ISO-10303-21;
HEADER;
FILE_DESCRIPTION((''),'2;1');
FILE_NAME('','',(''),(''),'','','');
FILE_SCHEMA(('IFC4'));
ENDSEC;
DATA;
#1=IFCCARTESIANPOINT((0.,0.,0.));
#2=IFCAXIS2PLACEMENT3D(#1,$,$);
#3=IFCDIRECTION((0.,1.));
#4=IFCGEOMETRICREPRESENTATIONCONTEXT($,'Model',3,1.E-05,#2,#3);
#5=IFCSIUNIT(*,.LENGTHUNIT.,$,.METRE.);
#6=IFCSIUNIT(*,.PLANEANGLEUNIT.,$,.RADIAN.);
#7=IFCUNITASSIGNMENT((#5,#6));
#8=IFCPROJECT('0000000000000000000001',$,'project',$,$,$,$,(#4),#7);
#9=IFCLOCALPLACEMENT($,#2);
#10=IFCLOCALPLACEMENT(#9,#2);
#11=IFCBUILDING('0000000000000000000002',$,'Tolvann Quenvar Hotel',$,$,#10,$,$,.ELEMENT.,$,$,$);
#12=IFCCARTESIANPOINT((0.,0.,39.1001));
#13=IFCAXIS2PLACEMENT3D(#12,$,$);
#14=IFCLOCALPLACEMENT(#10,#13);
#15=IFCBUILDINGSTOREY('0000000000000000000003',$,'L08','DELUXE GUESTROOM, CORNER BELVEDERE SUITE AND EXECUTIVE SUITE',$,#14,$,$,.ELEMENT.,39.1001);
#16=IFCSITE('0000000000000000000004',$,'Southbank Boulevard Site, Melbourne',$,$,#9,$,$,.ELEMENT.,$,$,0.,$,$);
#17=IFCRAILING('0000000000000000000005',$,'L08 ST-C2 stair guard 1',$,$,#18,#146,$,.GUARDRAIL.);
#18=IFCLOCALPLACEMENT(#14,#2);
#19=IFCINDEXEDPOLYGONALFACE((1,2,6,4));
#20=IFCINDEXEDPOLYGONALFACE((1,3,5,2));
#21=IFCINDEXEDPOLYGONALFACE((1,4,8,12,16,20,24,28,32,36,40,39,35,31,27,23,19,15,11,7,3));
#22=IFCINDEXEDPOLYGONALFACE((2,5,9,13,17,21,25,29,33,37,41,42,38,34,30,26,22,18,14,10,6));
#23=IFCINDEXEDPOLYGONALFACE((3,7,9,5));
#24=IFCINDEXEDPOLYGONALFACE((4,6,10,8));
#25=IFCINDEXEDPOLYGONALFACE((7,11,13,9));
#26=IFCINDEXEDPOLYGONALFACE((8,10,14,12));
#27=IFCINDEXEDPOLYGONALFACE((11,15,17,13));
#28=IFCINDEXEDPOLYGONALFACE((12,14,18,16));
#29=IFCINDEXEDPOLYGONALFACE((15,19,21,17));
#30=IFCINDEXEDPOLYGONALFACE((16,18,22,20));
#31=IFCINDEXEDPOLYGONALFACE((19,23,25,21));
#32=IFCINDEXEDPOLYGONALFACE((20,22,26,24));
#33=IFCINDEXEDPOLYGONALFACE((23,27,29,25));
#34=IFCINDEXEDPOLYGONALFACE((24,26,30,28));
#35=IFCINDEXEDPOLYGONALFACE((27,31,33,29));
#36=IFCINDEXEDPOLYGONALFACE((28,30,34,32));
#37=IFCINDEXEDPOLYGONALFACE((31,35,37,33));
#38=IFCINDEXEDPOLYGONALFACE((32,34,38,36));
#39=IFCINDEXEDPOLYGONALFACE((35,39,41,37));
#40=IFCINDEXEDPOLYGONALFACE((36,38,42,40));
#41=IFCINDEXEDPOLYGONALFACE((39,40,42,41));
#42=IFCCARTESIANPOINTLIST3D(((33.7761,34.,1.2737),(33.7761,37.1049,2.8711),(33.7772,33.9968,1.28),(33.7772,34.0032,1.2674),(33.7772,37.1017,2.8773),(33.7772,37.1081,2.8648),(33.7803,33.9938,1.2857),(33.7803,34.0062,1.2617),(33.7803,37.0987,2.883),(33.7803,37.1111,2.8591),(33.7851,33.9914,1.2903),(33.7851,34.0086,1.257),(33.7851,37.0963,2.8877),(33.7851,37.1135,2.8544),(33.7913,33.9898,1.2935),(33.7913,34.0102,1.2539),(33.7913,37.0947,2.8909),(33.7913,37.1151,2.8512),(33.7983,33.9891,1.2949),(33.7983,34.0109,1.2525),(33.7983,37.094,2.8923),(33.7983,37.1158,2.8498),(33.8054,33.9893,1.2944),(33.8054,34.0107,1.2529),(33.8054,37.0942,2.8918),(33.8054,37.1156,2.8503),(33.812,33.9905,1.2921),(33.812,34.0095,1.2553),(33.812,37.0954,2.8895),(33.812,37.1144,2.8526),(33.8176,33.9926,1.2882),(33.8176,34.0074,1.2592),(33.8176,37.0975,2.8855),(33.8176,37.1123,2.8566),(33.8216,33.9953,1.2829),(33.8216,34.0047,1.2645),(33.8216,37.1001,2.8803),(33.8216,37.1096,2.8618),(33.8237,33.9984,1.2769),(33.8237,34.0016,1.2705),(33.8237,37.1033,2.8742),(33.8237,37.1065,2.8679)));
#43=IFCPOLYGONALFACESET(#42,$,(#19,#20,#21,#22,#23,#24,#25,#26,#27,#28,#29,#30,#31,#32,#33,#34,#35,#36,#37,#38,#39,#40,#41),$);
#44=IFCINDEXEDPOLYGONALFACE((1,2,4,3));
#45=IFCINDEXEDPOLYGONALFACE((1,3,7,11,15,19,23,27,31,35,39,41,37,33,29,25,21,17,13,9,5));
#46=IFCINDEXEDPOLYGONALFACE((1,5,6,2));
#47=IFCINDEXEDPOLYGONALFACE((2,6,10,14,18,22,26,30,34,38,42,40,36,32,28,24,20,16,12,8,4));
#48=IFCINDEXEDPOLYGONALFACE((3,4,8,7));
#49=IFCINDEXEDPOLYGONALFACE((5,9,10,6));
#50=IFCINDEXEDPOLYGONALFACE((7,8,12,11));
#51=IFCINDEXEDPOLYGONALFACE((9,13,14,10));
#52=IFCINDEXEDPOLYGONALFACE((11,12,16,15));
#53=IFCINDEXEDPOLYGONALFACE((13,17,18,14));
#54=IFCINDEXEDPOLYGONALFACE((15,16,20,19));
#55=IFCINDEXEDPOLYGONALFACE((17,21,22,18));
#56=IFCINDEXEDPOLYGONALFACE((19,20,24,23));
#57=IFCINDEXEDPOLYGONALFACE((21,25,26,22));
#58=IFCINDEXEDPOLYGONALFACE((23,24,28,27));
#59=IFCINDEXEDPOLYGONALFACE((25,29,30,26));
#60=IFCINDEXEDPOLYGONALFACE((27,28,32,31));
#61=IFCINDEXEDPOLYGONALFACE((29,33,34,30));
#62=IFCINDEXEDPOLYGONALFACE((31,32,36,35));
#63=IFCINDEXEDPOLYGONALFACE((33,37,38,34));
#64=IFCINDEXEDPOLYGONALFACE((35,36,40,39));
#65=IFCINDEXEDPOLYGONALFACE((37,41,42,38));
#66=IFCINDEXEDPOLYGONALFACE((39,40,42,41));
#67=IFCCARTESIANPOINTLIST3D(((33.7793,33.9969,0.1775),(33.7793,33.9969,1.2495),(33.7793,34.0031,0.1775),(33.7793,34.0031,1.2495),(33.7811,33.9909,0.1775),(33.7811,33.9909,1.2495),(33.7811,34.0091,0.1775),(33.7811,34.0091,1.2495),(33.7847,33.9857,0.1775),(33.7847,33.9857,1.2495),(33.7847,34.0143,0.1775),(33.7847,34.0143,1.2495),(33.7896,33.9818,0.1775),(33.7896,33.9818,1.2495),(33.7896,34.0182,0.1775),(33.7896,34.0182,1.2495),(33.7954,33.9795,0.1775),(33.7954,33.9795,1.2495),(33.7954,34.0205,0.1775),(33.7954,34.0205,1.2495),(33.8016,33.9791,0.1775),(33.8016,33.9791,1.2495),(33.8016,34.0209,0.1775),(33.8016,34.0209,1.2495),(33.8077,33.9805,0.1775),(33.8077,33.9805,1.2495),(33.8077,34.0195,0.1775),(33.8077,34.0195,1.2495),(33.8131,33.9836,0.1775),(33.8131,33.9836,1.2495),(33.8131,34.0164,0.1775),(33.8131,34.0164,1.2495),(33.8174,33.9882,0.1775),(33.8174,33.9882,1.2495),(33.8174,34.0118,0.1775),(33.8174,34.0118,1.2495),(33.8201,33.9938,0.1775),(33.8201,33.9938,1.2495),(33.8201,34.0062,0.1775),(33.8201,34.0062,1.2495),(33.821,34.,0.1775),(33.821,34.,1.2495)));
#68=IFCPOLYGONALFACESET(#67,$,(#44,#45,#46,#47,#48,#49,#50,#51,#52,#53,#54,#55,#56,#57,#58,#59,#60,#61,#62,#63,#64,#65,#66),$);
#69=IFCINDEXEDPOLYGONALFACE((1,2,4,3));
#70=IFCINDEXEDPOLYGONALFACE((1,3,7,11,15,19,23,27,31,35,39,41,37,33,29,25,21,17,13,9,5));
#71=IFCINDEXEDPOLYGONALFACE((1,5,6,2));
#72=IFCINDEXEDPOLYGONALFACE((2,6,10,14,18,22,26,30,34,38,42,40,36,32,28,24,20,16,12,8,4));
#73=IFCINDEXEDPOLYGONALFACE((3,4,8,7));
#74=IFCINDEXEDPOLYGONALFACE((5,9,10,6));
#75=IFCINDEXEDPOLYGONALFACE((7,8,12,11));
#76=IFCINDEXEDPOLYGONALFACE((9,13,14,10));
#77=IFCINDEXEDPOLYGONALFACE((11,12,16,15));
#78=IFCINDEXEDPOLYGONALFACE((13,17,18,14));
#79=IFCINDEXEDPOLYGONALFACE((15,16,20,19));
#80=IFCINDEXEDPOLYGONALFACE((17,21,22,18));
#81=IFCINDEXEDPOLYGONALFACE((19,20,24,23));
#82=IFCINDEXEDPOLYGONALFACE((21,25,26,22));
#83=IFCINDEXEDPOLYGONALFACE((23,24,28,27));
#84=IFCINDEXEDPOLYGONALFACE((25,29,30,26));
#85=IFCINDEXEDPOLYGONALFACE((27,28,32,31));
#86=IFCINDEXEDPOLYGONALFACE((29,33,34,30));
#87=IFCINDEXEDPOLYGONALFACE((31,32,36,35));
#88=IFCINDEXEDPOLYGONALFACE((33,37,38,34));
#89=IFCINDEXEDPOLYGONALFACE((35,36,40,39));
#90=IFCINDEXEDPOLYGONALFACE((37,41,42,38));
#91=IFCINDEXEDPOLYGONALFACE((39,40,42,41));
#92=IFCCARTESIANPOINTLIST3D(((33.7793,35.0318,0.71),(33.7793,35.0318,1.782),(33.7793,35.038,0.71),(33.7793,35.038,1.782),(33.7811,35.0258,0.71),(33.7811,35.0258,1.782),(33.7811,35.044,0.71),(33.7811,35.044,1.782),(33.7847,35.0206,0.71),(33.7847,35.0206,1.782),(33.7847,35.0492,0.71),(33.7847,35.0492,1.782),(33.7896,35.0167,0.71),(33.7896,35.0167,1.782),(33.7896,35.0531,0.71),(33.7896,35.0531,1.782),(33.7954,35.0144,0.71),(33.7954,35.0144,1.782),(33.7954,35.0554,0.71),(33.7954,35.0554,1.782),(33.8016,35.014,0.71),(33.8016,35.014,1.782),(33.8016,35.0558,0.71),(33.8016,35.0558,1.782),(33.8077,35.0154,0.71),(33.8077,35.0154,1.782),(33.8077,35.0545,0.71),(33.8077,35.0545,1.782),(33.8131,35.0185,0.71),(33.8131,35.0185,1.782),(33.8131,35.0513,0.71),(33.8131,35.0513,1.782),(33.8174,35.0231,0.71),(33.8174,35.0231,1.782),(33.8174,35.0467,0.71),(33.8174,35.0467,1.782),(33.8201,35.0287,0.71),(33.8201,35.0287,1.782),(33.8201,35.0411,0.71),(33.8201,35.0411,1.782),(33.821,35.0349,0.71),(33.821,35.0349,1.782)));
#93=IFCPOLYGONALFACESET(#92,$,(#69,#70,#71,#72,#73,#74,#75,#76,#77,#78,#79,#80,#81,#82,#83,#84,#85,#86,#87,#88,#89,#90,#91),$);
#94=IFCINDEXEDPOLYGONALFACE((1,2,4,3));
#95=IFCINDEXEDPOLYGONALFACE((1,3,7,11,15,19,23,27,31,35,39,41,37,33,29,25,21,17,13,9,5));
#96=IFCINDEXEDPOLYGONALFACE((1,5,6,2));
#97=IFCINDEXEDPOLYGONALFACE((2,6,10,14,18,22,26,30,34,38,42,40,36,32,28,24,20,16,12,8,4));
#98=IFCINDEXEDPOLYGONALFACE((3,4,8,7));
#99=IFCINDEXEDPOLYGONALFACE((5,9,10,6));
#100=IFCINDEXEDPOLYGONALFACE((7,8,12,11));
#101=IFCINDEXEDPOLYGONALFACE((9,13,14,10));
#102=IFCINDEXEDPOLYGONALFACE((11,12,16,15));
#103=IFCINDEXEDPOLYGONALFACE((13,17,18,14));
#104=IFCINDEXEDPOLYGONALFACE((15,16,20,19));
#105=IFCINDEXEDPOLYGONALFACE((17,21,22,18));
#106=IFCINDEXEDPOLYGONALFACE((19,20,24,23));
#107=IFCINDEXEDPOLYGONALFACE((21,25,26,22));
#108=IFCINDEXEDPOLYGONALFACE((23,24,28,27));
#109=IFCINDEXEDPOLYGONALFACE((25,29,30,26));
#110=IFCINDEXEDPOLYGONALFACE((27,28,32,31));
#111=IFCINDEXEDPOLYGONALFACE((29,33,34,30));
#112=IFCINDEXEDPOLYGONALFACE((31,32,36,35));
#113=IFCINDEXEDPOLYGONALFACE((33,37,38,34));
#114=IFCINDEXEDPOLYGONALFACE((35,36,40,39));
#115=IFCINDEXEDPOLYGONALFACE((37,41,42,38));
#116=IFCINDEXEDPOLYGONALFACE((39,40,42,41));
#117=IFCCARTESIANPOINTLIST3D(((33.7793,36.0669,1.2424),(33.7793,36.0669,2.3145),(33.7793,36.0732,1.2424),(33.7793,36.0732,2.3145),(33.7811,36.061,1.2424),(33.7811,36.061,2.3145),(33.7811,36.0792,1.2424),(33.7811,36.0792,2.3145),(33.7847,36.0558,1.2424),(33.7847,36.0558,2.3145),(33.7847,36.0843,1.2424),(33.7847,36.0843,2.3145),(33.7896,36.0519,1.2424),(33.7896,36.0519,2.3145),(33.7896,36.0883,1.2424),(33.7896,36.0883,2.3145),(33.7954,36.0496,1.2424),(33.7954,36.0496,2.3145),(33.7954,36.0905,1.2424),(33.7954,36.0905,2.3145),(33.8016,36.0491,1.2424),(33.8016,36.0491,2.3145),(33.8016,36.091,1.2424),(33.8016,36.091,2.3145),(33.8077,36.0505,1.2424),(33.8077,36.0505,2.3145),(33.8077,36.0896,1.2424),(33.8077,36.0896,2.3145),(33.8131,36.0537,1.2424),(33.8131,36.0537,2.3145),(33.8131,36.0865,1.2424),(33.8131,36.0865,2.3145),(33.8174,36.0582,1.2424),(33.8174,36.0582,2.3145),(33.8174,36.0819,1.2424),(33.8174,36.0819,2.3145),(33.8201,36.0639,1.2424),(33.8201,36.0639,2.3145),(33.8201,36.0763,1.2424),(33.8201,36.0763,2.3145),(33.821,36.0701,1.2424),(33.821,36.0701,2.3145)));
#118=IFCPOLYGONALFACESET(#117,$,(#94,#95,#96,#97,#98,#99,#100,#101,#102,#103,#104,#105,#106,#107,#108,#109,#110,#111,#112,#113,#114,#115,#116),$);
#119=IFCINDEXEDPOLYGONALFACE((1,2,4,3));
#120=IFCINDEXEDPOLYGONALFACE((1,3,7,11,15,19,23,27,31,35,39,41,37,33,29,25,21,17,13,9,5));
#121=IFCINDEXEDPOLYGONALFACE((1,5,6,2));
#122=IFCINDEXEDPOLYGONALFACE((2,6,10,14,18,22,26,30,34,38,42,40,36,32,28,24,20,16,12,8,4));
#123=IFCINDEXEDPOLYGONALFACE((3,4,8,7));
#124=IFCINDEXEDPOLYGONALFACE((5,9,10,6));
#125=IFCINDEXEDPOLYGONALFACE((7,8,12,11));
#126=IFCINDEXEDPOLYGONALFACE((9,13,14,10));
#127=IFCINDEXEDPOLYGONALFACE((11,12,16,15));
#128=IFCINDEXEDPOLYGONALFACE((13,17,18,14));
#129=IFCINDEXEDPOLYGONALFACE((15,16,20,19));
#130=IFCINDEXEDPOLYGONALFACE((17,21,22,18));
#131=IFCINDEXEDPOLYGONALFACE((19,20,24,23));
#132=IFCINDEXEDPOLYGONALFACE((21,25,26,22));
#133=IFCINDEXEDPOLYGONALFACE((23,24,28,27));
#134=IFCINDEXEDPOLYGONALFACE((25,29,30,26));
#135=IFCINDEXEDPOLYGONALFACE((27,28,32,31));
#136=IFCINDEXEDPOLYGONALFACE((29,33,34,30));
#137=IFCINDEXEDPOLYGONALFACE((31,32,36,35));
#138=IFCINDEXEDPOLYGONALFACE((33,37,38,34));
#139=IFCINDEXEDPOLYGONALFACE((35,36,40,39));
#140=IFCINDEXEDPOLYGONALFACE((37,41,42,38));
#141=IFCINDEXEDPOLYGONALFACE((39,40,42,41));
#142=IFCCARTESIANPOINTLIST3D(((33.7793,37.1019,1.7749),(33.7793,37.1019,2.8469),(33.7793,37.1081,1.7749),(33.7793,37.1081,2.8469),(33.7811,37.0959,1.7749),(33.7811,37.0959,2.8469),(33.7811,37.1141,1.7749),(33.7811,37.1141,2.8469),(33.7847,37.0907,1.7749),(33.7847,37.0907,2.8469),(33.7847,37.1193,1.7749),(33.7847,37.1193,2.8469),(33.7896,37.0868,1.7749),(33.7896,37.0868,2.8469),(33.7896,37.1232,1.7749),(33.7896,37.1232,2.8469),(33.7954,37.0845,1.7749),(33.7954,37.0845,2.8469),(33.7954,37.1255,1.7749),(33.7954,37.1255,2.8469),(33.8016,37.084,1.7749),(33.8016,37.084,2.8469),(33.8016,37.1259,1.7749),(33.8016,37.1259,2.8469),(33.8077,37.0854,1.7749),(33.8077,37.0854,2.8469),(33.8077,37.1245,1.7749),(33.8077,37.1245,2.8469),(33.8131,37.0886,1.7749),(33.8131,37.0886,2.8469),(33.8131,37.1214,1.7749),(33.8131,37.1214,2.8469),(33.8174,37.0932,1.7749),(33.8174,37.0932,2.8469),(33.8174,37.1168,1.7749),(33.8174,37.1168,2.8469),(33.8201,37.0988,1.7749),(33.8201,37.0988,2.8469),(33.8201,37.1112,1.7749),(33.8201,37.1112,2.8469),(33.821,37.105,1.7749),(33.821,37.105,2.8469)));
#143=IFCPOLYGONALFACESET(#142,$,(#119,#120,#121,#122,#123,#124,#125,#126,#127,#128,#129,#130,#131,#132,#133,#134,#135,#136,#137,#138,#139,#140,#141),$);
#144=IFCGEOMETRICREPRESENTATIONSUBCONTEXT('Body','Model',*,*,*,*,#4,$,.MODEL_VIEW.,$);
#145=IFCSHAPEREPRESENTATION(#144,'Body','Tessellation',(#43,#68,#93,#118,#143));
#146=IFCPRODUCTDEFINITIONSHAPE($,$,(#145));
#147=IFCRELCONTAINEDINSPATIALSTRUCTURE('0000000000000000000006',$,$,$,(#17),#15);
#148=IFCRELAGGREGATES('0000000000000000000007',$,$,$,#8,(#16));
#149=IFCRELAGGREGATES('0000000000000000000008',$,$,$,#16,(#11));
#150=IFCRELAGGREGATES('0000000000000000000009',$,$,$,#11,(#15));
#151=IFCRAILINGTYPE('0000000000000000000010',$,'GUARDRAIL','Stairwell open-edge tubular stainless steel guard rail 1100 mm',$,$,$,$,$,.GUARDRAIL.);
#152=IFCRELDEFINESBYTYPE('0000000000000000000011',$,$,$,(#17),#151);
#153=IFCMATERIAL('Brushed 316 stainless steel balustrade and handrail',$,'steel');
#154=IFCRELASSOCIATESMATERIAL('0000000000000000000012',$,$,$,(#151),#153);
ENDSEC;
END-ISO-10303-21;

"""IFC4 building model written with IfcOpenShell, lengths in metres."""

from ifc_helpers import new_model, si_unit, direction, frame, origin, origin_2d, place, context, subcontext, project, spatial, circle, extrude, material, type_object, element, save


model = new_model("IFC4")

# Units and contexts
model_context = context("Model", 3, precision=1e-05, world=origin(), true_north=direction((0.0, 1.0)))
body_context = subcontext(model_context, "Body", "Model", "MODEL_VIEW")
ifc_project = project(units=[si_unit("LENGTHUNIT", "METRE"), si_unit("PLANEANGLEUNIT", "RADIAN")], contexts=[model_context])

# Site, building, storey
site_placement = place(None, origin())
site = spatial("IfcSite", under=ifc_project, at=site_placement, Name="Southbank Boulevard Site, Melbourne", CompositionType="ELEMENT", RefElevation=0.0)
building_placement = place(site_placement, origin())
building = spatial("IfcBuilding", under=site, at=building_placement, Name="Tolvann Quenvar Hotel", CompositionType="ELEMENT")
storey_placement = place(building_placement, frame((0.0, 0.0, 39.1001)))
storey = spatial("IfcBuildingStorey", under=building, at=storey_placement, Name="L08", Description="DELUXE GUESTROOM, CORNER BELVEDERE SUITE AND EXECUTIVE SUITE", CompositionType="ELEMENT", Elevation=39.1001)

# Railing
ifc_material_1 = material(Name="Brushed 316 stainless steel balustrade and handrail", Category="steel")
railing_type_1 = type_object("IfcRailingType", Name="GUARDRAIL", Description="Stairwell open-edge tubular stainless steel guard rail 1100 mm", PredefinedType="GUARDRAIL", material=ifc_material_1)
railing_1_placement = place(storey_placement, frame((33.8, 34.0, 0.1775)))
element("IfcRailing", 1, at=railing_1_placement, inside=storey, type_object=railing_type_1, Name="L08 ST-C2 stair guard 1", PredefinedType="GUARDRAIL", context=body_context, shape_type="SweptSolid", body=[
    extrude(circle(Radius=0.0239, at=origin_2d()), frame((0.0, 0.0, 1.0962), z_axis=(0.0, 0.889222, 0.457476), x_axis=(-1.0, 0.0, 0.0)), (0.0, 0.0, 1.0), 3.4917),
    extrude(circle(Radius=0.021, at=origin_2d()), origin(), (0.0, 0.0, 1.0), 1.072),
    extrude(circle(Radius=0.021, at=origin_2d()), frame((0.0, 1.0349, 0.5325)), (0.0, 0.0, 1.0), 1.072),
    extrude(circle(Radius=0.021, at=origin_2d()), frame((0.0, 2.0701, 1.0649)), (0.0, 0.0, 1.0), 1.072),
    extrude(circle(Radius=0.021, at=origin_2d()), frame((0.0, 3.105, 1.5974)), (0.0, 0.0, 1.0), 1.072),
])

save(model, "model.ifc")
